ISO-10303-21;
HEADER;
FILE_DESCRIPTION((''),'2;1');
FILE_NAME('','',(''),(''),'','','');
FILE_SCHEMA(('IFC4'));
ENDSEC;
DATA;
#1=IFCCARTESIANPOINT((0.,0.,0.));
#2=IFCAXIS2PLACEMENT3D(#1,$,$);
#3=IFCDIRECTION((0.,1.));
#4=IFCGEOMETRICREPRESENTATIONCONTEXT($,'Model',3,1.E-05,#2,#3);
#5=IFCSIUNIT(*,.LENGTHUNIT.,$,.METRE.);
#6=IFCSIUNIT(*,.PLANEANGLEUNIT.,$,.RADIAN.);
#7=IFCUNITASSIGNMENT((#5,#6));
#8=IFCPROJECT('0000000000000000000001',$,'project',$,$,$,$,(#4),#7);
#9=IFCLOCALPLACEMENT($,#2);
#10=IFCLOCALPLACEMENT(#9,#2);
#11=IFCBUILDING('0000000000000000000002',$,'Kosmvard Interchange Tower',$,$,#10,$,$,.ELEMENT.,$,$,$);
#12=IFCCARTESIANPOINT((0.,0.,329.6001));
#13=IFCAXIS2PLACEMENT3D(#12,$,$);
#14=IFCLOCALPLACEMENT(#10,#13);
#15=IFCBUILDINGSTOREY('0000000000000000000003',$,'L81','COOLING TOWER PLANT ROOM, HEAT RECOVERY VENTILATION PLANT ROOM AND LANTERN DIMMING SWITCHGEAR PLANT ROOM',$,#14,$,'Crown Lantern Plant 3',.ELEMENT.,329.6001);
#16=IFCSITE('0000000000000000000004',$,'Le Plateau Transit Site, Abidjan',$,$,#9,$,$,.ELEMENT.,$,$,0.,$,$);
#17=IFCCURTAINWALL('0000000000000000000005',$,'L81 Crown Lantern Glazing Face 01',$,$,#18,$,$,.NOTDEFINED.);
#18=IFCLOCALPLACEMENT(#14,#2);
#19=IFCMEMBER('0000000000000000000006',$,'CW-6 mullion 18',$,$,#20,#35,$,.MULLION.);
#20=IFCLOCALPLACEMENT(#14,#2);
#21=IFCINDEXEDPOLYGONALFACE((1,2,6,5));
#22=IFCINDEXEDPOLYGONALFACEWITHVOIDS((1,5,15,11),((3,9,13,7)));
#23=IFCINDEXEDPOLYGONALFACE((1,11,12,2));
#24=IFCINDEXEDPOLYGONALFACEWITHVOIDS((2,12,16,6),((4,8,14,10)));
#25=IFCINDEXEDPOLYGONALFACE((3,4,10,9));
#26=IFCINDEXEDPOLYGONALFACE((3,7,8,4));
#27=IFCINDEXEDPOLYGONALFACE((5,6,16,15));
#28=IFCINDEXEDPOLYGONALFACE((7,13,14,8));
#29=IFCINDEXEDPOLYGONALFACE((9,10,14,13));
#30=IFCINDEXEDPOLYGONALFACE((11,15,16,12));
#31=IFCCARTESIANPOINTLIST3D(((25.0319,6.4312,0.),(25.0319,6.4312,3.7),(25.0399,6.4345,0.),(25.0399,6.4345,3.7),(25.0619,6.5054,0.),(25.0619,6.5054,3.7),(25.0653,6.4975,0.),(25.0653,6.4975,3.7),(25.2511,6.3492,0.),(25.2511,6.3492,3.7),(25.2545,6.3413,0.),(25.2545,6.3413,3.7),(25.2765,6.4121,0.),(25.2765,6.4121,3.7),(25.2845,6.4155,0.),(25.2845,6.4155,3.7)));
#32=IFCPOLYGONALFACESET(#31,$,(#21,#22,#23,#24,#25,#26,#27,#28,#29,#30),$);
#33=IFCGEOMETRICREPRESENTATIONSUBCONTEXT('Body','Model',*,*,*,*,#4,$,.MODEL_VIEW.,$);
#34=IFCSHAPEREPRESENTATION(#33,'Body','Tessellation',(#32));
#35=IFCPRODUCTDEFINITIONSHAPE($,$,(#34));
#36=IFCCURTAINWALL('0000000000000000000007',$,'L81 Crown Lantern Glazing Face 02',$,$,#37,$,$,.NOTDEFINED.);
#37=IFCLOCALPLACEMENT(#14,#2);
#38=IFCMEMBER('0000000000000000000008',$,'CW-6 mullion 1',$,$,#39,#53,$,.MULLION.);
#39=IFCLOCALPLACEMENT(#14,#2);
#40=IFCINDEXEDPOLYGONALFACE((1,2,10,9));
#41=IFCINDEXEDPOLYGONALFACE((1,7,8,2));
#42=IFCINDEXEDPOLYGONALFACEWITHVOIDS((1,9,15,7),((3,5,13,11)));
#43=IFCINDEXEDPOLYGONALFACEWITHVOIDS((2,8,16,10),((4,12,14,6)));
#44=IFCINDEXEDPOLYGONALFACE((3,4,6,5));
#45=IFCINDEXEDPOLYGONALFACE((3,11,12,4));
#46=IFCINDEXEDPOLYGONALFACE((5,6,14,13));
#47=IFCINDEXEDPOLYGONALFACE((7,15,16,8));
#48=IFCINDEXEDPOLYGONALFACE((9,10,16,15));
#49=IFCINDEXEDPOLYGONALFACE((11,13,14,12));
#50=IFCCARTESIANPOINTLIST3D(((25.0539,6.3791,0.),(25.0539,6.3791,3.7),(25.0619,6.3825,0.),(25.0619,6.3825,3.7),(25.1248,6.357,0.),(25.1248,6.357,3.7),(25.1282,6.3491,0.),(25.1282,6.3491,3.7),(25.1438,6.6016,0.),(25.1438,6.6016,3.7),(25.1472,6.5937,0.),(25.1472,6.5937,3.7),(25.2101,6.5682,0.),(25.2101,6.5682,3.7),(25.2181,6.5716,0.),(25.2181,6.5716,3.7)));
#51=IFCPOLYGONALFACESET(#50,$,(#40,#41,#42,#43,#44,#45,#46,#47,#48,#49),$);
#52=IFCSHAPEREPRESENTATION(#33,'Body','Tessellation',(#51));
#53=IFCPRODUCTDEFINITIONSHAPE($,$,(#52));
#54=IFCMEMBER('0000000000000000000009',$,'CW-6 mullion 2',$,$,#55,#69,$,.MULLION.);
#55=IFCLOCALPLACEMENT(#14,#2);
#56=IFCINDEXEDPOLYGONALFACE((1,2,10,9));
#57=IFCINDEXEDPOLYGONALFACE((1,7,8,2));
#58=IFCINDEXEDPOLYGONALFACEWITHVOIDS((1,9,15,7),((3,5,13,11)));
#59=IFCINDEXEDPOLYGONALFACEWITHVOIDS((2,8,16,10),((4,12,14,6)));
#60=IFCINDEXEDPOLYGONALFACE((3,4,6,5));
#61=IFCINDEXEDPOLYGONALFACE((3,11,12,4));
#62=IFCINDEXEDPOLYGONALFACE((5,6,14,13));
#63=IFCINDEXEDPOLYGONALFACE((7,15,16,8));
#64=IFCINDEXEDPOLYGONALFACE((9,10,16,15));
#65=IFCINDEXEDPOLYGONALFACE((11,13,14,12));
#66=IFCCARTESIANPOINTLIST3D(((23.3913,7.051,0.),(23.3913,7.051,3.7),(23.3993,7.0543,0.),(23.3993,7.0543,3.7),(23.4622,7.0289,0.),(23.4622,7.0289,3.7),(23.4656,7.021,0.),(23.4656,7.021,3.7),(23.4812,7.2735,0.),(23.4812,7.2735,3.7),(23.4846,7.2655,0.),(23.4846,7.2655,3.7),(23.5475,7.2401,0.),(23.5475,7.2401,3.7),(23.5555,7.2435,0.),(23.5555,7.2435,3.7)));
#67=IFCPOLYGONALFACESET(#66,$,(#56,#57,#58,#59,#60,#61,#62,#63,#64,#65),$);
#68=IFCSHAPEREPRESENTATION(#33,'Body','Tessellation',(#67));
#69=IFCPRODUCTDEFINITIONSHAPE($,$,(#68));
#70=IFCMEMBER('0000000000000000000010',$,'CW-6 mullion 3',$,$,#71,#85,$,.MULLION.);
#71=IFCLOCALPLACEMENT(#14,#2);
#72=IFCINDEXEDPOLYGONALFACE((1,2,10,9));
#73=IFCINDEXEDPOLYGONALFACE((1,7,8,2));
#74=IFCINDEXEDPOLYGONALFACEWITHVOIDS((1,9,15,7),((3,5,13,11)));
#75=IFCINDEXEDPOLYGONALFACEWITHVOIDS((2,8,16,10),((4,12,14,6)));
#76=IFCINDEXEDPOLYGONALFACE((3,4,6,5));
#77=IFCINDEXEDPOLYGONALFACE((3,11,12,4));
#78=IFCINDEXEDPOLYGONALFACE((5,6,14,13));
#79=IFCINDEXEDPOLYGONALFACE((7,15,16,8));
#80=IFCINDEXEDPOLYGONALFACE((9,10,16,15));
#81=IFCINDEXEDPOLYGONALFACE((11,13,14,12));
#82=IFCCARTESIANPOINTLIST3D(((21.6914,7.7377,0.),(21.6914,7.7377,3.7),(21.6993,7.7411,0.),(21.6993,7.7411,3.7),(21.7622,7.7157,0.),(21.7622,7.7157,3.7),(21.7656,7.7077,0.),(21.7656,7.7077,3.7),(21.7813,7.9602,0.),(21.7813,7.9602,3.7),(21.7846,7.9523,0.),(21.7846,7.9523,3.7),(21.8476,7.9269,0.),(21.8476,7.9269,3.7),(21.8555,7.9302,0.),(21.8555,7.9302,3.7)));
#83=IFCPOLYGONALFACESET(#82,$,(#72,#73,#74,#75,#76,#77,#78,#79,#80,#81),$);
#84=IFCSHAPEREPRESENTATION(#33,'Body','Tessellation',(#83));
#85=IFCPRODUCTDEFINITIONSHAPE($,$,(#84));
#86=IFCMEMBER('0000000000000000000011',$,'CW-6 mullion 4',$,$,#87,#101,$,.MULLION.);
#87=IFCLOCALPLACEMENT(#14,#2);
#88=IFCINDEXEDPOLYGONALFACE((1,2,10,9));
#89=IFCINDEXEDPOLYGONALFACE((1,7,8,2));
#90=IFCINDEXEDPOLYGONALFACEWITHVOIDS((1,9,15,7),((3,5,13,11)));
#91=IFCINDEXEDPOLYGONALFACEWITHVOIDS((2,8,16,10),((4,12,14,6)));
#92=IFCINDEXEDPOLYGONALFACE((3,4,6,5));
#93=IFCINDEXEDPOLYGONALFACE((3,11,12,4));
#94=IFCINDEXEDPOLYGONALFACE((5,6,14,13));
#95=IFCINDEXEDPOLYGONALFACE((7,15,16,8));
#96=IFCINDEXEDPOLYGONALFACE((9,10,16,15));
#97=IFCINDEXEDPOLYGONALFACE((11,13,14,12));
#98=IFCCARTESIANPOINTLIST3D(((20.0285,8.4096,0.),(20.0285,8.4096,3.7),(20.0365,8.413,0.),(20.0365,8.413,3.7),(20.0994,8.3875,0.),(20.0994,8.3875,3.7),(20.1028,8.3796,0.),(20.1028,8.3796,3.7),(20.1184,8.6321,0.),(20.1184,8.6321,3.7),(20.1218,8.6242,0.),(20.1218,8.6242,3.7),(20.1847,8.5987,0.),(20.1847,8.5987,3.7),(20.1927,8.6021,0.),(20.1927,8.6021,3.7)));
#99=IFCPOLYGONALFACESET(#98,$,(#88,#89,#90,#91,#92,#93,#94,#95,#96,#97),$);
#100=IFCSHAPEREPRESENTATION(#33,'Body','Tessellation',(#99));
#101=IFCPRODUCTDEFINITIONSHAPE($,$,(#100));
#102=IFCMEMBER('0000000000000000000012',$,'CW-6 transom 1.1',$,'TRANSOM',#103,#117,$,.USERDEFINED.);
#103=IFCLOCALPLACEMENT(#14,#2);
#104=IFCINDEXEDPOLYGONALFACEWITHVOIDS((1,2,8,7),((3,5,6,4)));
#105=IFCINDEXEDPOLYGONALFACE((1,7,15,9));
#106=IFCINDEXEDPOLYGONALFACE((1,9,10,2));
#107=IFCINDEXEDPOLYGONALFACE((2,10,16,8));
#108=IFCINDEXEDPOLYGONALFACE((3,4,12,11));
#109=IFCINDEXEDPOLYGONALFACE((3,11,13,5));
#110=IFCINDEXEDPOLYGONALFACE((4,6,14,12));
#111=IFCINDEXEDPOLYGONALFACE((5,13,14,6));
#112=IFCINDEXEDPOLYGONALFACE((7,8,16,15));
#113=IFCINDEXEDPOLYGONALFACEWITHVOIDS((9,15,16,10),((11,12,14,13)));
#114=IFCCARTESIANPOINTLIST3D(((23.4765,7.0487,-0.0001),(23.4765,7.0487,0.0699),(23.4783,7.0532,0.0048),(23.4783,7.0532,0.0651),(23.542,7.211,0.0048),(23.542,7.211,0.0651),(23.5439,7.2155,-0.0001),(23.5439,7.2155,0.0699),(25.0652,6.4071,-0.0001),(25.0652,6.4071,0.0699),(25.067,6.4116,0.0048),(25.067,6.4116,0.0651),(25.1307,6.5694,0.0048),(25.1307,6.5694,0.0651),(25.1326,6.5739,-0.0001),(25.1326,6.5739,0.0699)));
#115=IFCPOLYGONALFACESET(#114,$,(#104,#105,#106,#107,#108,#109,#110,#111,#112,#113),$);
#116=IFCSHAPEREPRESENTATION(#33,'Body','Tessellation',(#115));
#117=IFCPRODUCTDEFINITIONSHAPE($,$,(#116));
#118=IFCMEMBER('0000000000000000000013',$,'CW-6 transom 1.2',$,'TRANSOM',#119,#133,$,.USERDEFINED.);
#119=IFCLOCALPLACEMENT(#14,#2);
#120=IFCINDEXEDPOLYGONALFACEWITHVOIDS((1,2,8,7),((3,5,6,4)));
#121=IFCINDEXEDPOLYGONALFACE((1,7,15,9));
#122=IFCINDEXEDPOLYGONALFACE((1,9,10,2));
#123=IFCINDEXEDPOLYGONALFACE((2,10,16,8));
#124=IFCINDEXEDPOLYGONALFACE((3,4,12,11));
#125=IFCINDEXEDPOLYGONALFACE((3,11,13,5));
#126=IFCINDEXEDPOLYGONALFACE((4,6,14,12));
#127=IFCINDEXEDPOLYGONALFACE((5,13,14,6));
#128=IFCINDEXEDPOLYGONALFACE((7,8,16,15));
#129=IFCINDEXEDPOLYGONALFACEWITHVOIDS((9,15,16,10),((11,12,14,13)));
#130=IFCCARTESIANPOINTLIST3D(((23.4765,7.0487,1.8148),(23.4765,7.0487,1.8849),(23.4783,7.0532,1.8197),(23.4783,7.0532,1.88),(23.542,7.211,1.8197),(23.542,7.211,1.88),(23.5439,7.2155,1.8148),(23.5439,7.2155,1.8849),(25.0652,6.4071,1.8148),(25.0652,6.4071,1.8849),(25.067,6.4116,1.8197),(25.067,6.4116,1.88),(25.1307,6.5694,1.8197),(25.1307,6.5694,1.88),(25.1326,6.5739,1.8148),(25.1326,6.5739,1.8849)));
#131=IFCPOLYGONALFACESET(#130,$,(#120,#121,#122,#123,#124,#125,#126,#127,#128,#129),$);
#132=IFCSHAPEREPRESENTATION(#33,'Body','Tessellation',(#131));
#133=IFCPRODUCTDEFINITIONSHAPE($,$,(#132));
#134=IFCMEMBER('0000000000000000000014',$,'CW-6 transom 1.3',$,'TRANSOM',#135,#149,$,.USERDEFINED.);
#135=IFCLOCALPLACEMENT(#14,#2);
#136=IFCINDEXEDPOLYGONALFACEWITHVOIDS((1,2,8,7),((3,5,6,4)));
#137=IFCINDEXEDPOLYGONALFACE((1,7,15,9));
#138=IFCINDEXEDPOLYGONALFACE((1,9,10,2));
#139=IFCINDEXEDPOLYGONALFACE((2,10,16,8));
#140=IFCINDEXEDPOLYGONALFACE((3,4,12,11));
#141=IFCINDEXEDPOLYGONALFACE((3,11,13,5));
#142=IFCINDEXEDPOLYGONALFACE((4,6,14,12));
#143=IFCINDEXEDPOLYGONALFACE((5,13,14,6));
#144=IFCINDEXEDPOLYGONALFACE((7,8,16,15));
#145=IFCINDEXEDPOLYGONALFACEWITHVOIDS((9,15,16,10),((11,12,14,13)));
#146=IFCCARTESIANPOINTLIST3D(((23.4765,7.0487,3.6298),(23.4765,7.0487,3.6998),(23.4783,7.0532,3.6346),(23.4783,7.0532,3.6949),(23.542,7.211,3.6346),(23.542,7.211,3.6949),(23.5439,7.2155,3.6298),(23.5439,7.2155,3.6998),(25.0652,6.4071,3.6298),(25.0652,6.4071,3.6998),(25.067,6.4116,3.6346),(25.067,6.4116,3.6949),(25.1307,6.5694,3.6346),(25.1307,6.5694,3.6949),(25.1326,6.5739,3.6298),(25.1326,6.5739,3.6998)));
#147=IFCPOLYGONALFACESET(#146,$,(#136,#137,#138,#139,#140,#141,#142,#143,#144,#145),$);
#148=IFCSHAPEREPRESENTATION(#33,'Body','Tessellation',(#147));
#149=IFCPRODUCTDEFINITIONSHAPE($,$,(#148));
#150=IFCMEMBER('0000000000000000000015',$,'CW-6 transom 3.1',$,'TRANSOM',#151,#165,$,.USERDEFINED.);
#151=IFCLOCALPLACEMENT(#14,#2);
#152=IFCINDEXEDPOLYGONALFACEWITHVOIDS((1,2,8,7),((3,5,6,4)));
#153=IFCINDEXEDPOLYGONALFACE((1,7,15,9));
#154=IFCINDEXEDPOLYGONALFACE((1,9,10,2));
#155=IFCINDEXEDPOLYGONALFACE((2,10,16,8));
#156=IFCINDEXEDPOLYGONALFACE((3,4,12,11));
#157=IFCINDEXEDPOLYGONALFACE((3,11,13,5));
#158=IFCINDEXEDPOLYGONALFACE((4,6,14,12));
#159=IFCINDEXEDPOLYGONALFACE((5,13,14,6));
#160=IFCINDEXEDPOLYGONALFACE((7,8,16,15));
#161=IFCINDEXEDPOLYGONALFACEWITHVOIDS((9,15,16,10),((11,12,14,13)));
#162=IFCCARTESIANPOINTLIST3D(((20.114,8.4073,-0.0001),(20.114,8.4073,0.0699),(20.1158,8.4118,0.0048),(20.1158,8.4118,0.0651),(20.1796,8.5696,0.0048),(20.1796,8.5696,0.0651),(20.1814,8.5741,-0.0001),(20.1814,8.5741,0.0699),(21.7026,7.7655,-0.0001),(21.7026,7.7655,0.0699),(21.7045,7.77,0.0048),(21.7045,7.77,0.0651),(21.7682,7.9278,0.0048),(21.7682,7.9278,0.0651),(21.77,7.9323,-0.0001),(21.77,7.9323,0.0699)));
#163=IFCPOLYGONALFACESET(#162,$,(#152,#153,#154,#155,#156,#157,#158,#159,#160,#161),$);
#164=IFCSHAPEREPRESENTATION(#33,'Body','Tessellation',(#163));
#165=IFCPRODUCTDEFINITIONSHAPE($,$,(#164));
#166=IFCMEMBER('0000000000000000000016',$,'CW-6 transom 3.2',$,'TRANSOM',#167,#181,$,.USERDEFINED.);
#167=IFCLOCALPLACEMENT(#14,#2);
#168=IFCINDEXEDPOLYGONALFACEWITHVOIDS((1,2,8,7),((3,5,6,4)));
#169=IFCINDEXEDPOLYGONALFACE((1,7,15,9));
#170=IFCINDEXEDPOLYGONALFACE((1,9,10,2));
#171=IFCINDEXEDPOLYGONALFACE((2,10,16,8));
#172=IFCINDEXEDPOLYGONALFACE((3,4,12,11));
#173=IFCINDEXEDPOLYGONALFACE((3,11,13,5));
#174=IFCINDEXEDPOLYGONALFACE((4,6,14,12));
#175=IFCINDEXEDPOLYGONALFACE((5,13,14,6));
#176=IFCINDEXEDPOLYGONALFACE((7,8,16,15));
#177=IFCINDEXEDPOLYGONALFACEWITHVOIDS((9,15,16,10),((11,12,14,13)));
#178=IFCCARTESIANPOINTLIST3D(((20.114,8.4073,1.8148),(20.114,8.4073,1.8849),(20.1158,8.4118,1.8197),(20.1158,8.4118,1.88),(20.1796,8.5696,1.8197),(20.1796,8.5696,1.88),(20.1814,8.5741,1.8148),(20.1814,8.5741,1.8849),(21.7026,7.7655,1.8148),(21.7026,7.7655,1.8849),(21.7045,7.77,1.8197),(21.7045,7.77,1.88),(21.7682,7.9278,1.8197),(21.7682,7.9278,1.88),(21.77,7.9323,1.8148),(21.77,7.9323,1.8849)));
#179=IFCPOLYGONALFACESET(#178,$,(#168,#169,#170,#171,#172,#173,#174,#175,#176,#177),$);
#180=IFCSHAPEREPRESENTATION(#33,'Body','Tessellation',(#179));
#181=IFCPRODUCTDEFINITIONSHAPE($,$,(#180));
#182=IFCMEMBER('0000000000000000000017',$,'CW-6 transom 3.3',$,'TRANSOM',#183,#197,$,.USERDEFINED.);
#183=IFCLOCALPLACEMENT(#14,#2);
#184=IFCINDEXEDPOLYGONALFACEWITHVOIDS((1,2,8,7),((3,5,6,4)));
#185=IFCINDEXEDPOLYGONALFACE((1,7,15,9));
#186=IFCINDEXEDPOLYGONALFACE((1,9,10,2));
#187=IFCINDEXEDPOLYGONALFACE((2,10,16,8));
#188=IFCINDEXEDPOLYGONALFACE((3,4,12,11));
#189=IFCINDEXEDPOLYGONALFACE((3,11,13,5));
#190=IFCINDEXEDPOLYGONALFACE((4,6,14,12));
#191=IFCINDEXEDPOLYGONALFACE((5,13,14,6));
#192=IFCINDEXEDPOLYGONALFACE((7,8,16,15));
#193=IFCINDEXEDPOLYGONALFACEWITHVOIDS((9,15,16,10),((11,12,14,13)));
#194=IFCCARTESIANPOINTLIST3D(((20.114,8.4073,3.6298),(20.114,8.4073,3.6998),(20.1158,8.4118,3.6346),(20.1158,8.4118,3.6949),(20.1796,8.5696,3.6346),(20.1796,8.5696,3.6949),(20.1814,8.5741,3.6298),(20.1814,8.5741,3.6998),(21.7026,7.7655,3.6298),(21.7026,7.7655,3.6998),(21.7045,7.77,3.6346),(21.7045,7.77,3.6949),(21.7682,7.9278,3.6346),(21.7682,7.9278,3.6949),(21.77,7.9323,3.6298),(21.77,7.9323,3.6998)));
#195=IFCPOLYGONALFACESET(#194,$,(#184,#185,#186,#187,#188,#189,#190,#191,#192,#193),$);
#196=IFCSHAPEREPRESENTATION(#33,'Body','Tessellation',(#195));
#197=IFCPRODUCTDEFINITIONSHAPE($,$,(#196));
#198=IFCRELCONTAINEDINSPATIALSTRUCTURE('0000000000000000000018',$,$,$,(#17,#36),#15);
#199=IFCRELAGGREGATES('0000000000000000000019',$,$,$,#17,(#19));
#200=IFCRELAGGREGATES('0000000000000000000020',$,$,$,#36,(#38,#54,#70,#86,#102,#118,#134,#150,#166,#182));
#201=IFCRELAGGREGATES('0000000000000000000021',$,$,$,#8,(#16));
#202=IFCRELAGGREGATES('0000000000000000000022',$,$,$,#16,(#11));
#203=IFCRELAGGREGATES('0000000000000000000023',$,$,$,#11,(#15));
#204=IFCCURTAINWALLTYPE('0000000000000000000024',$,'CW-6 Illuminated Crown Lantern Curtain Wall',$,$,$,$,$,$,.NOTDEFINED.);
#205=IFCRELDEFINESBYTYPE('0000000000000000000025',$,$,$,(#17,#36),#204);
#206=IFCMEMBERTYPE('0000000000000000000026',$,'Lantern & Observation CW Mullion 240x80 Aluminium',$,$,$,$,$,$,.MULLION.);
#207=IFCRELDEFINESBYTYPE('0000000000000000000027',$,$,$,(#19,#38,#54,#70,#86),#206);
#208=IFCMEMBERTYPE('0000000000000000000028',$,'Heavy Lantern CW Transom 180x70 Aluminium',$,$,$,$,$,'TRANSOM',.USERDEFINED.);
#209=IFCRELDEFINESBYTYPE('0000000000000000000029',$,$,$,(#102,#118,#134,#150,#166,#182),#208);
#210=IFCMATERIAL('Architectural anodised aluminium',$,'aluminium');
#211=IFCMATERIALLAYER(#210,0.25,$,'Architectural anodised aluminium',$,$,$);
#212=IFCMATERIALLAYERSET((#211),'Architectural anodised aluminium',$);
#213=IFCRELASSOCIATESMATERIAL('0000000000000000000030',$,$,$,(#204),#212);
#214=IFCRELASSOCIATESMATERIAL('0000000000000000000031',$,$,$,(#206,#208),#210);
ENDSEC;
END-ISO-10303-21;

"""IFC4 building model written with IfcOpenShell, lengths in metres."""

from ifc_helpers import new_model, si_unit, direction, frame, origin, origin_2d, place, context, subcontext, project, spatial, hollow_rectangle, extrude, source, transform, mapped, material, layer, layer_set, material_profile, profile_set, type_object, element, aggregate, save


model = new_model("IFC4")

# Units and contexts
model_context = context("Model", 3, precision=1e-05, world=origin(), true_north=direction((0.0, 1.0)))
body_context = subcontext(model_context, "Body", "Model", "MODEL_VIEW")
ifc_project = project(units=[si_unit("LENGTHUNIT", "METRE"), si_unit("PLANEANGLEUNIT", "RADIAN")], contexts=[model_context])

# Site, building, storey
site_placement = place(None, origin())
site = spatial("IfcSite", under=ifc_project, at=site_placement, Name="Le Plateau Transit Site, Abidjan", CompositionType="ELEMENT", RefElevation=0.0)
building_placement = place(site_placement, origin())
building = spatial("IfcBuilding", under=site, at=building_placement, Name="Kosmvard Interchange Tower", CompositionType="ELEMENT")
storey_placement = place(building_placement, frame((0.0, 0.0, 329.6001)))
storey = spatial("IfcBuildingStorey", under=building, at=storey_placement, Name="L81", Description="COOLING TOWER PLANT ROOM, HEAT RECOVERY VENTILATION PLANT ROOM AND LANTERN DIMMING SWITCHGEAR PLANT ROOM", LongName="Crown Lantern Plant 3", CompositionType="ELEMENT", Elevation=329.6001)

# Curtain wall, member
ifc_material_1 = material(Name="Architectural anodised aluminium", Category="aluminium")
ifc_layer_1 = layer(ifc_material_1, 0.25, Name="Architectural anodised aluminium")
ifc_layer_set_1 = layer_set([ifc_layer_1], Name="Architectural anodised aluminium")
curtain_wall_type = type_object("IfcCurtainWallType", Name="CW-6 Illuminated Crown Lantern Curtain Wall", PredefinedType="NOTDEFINED", material=ifc_layer_set_1)
curtain_wall_1_placement = place(storey_placement, origin())
curtain_wall_1 = element("IfcCurtainWall", 1, at=curtain_wall_1_placement, inside=storey, type_object=curtain_wall_type, Name="L81 Crown Lantern Glazing Face 01", PredefinedType="NOTDEFINED")
ifc_material_profile_1 = material_profile(ifc_material_1, hollow_rectangle(XDim=0.24, YDim=0.0801, WallThickness=0.0061, at=origin_2d()), Name="CWM 240x80x6")
ifc_profile_set_1 = profile_set([ifc_material_profile_1], Name="Architectural anodised aluminium")
member_type_1 = type_object("IfcMemberType", Name="Lantern & Observation CW Mullion 240x80 Aluminium", PredefinedType="MULLION", material=ifc_profile_set_1)
shared_shape_1 = source(origin(), body_context, "Body", "SweptSolid", [
    extrude(hollow_rectangle(XDim=0.24, YDim=0.0801, WallThickness=0.0061, at=origin_2d()), origin(), (0.0, 0.0, 1.0), 3.7),
])
member_1_placement = place(storey_placement, frame((25.1582, 6.4233, 0.0), z_axis=(0.0, 0.0, 1.0), x_axis=(-0.927184, 0.374607, 0.0)))
member_1 = element("IfcMember", 2, at=member_1_placement, type_object=member_type_1, Name="CW-6 mullion 18", PredefinedType="MULLION", context=body_context, shape_type="MappedRepresentation", body=[
    mapped(shared_shape_1, transform((0.0, 0.0, 0.0), scale=1.0)),
])

# Curtain wall, members
curtain_wall_2_placement = place(storey_placement, origin())
curtain_wall_2 = element("IfcCurtainWall", 3, at=curtain_wall_2_placement, inside=storey, type_object=curtain_wall_type, Name="L81 Crown Lantern Glazing Face 02", PredefinedType="NOTDEFINED")
member_2_placement = place(storey_placement, frame((25.136, 6.4753, 0.0), z_axis=(0.0, 0.0, 1.0), x_axis=(-0.374607, -0.927184, 0.0)))
member_2 = element("IfcMember", 4, at=member_2_placement, type_object=member_type_1, Name="CW-6 mullion 1", PredefinedType="MULLION", context=body_context, shape_type="MappedRepresentation", body=[
    mapped(shared_shape_1, transform((0.0, 0.0, 0.0), scale=1.0)),
])
member_3_placement = place(storey_placement, frame((23.4734, 7.1472, 0.0), z_axis=(0.0, 0.0, 1.0), x_axis=(-0.374607, -0.927184, 0.0)))
member_3 = element("IfcMember", 5, at=member_3_placement, type_object=member_type_1, Name="CW-6 mullion 2", PredefinedType="MULLION", context=body_context, shape_type="MappedRepresentation", body=[
    mapped(shared_shape_1, transform((0.0, 0.0, 0.0), scale=1.0)),
])
member_4_placement = place(storey_placement, frame((21.7734, 7.834, 0.0), z_axis=(0.0, 0.0, 1.0), x_axis=(-0.374607, -0.927184, 0.0)))
member_4 = element("IfcMember", 6, at=member_4_placement, type_object=member_type_1, Name="CW-6 mullion 3", PredefinedType="MULLION", context=body_context, shape_type="MappedRepresentation", body=[
    mapped(shared_shape_1, transform((0.0, 0.0, 0.0), scale=1.0)),
])
member_5_placement = place(storey_placement, frame((20.1106, 8.5059, 0.0), z_axis=(0.0, 0.0, 1.0), x_axis=(-0.374607, -0.927184, 0.0)))
member_5 = element("IfcMember", 7, at=member_5_placement, type_object=member_type_1, Name="CW-6 mullion 4", PredefinedType="MULLION", context=body_context, shape_type="MappedRepresentation", body=[
    mapped(shared_shape_1, transform((0.0, 0.0, 0.0), scale=1.0)),
])
ifc_material_profile_2 = material_profile(ifc_material_1, hollow_rectangle(XDim=0.1799, YDim=0.0701, WallThickness=0.0049, at=origin_2d()), Name="CWT 180x70x5")
ifc_profile_set_2 = profile_set([ifc_material_profile_2], Name="Architectural anodised aluminium")
member_type_2 = type_object("IfcMemberType", Name="Heavy Lantern CW Transom 180x70 Aluminium", ElementType="TRANSOM", PredefinedType="USERDEFINED", material=ifc_profile_set_2)
shared_shape_2 = source(origin(), body_context, "Body", "SweptSolid", [
    extrude(hollow_rectangle(XDim=0.1799, YDim=0.0701, WallThickness=0.0049, at=origin_2d()), origin(), (0.0, 0.0, 1.0), 1.7134),
])
member_6_placement = place(storey_placement, frame((25.0989, 6.4905, 0.0349), z_axis=(-0.927233, 0.374484, 0.0), x_axis=(-0.374484, -0.927233, 0.0)))
member_6 = element("IfcMember", 8, at=member_6_placement, type_object=member_type_2, Name="CW-6 transom 1.1", ObjectType="TRANSOM", PredefinedType="USERDEFINED", context=body_context, shape_type="MappedRepresentation", body=[
    mapped(shared_shape_2, transform((0.0, 0.0, 0.0), scale=1.0)),
])
member_7_placement = place(storey_placement, frame((25.0989, 6.4905, 1.8499), z_axis=(-0.927233, 0.374484, 0.0), x_axis=(-0.374484, -0.927233, 0.0)))
member_7 = element("IfcMember", 9, at=member_7_placement, type_object=member_type_2, Name="CW-6 transom 1.2", ObjectType="TRANSOM", PredefinedType="USERDEFINED", context=body_context, shape_type="MappedRepresentation", body=[
    mapped(shared_shape_2, transform((0.0, 0.0, 0.0), scale=1.0)),
])
member_8_placement = place(storey_placement, frame((25.0989, 6.4905, 3.6648), z_axis=(-0.927233, 0.374484, 0.0), x_axis=(-0.374484, -0.927233, 0.0)))
member_8 = element("IfcMember", 10, at=member_8_placement, type_object=member_type_2, Name="CW-6 transom 1.3", ObjectType="TRANSOM", PredefinedType="USERDEFINED", context=body_context, shape_type="MappedRepresentation", body=[
    mapped(shared_shape_2, transform((0.0, 0.0, 0.0), scale=1.0)),
])
member_9_placement = place(storey_placement, frame((21.7363, 7.8489, 0.0349), z_axis=(-0.927184, 0.374607, 0.0), x_axis=(-0.374607, -0.927184, 0.0)))
member_9 = element("IfcMember", 11, at=member_9_placement, type_object=member_type_2, Name="CW-6 transom 3.1", ObjectType="TRANSOM", PredefinedType="USERDEFINED", context=body_context, shape_type="MappedRepresentation", body=[
    mapped(shared_shape_2, transform((0.0, 0.0, 0.0), scale=1.0)),
])
member_10_placement = place(storey_placement, frame((21.7363, 7.8489, 1.8499), z_axis=(-0.927184, 0.374607, 0.0), x_axis=(-0.374607, -0.927184, 0.0)))
member_10 = element("IfcMember", 12, at=member_10_placement, type_object=member_type_2, Name="CW-6 transom 3.2", ObjectType="TRANSOM", PredefinedType="USERDEFINED", context=body_context, shape_type="MappedRepresentation", body=[
    mapped(shared_shape_2, transform((0.0, 0.0, 0.0), scale=1.0)),
])
member_11_placement = place(storey_placement, frame((21.7363, 7.8489, 3.6648), z_axis=(-0.927184, 0.374607, 0.0), x_axis=(-0.374607, -0.927184, 0.0)))
member_11 = element("IfcMember", 13, at=member_11_placement, type_object=member_type_2, Name="CW-6 transom 3.3", ObjectType="TRANSOM", PredefinedType="USERDEFINED", context=body_context, shape_type="MappedRepresentation", body=[
    mapped(shared_shape_2, transform((0.0, 0.0, 0.0), scale=1.0)),
])

aggregate(curtain_wall_1, [member_1])
aggregate(curtain_wall_2, [member_2, member_3, member_4, member_5, member_6, member_7, member_8, member_9, member_10, member_11])

save(model, "model.ifc")
